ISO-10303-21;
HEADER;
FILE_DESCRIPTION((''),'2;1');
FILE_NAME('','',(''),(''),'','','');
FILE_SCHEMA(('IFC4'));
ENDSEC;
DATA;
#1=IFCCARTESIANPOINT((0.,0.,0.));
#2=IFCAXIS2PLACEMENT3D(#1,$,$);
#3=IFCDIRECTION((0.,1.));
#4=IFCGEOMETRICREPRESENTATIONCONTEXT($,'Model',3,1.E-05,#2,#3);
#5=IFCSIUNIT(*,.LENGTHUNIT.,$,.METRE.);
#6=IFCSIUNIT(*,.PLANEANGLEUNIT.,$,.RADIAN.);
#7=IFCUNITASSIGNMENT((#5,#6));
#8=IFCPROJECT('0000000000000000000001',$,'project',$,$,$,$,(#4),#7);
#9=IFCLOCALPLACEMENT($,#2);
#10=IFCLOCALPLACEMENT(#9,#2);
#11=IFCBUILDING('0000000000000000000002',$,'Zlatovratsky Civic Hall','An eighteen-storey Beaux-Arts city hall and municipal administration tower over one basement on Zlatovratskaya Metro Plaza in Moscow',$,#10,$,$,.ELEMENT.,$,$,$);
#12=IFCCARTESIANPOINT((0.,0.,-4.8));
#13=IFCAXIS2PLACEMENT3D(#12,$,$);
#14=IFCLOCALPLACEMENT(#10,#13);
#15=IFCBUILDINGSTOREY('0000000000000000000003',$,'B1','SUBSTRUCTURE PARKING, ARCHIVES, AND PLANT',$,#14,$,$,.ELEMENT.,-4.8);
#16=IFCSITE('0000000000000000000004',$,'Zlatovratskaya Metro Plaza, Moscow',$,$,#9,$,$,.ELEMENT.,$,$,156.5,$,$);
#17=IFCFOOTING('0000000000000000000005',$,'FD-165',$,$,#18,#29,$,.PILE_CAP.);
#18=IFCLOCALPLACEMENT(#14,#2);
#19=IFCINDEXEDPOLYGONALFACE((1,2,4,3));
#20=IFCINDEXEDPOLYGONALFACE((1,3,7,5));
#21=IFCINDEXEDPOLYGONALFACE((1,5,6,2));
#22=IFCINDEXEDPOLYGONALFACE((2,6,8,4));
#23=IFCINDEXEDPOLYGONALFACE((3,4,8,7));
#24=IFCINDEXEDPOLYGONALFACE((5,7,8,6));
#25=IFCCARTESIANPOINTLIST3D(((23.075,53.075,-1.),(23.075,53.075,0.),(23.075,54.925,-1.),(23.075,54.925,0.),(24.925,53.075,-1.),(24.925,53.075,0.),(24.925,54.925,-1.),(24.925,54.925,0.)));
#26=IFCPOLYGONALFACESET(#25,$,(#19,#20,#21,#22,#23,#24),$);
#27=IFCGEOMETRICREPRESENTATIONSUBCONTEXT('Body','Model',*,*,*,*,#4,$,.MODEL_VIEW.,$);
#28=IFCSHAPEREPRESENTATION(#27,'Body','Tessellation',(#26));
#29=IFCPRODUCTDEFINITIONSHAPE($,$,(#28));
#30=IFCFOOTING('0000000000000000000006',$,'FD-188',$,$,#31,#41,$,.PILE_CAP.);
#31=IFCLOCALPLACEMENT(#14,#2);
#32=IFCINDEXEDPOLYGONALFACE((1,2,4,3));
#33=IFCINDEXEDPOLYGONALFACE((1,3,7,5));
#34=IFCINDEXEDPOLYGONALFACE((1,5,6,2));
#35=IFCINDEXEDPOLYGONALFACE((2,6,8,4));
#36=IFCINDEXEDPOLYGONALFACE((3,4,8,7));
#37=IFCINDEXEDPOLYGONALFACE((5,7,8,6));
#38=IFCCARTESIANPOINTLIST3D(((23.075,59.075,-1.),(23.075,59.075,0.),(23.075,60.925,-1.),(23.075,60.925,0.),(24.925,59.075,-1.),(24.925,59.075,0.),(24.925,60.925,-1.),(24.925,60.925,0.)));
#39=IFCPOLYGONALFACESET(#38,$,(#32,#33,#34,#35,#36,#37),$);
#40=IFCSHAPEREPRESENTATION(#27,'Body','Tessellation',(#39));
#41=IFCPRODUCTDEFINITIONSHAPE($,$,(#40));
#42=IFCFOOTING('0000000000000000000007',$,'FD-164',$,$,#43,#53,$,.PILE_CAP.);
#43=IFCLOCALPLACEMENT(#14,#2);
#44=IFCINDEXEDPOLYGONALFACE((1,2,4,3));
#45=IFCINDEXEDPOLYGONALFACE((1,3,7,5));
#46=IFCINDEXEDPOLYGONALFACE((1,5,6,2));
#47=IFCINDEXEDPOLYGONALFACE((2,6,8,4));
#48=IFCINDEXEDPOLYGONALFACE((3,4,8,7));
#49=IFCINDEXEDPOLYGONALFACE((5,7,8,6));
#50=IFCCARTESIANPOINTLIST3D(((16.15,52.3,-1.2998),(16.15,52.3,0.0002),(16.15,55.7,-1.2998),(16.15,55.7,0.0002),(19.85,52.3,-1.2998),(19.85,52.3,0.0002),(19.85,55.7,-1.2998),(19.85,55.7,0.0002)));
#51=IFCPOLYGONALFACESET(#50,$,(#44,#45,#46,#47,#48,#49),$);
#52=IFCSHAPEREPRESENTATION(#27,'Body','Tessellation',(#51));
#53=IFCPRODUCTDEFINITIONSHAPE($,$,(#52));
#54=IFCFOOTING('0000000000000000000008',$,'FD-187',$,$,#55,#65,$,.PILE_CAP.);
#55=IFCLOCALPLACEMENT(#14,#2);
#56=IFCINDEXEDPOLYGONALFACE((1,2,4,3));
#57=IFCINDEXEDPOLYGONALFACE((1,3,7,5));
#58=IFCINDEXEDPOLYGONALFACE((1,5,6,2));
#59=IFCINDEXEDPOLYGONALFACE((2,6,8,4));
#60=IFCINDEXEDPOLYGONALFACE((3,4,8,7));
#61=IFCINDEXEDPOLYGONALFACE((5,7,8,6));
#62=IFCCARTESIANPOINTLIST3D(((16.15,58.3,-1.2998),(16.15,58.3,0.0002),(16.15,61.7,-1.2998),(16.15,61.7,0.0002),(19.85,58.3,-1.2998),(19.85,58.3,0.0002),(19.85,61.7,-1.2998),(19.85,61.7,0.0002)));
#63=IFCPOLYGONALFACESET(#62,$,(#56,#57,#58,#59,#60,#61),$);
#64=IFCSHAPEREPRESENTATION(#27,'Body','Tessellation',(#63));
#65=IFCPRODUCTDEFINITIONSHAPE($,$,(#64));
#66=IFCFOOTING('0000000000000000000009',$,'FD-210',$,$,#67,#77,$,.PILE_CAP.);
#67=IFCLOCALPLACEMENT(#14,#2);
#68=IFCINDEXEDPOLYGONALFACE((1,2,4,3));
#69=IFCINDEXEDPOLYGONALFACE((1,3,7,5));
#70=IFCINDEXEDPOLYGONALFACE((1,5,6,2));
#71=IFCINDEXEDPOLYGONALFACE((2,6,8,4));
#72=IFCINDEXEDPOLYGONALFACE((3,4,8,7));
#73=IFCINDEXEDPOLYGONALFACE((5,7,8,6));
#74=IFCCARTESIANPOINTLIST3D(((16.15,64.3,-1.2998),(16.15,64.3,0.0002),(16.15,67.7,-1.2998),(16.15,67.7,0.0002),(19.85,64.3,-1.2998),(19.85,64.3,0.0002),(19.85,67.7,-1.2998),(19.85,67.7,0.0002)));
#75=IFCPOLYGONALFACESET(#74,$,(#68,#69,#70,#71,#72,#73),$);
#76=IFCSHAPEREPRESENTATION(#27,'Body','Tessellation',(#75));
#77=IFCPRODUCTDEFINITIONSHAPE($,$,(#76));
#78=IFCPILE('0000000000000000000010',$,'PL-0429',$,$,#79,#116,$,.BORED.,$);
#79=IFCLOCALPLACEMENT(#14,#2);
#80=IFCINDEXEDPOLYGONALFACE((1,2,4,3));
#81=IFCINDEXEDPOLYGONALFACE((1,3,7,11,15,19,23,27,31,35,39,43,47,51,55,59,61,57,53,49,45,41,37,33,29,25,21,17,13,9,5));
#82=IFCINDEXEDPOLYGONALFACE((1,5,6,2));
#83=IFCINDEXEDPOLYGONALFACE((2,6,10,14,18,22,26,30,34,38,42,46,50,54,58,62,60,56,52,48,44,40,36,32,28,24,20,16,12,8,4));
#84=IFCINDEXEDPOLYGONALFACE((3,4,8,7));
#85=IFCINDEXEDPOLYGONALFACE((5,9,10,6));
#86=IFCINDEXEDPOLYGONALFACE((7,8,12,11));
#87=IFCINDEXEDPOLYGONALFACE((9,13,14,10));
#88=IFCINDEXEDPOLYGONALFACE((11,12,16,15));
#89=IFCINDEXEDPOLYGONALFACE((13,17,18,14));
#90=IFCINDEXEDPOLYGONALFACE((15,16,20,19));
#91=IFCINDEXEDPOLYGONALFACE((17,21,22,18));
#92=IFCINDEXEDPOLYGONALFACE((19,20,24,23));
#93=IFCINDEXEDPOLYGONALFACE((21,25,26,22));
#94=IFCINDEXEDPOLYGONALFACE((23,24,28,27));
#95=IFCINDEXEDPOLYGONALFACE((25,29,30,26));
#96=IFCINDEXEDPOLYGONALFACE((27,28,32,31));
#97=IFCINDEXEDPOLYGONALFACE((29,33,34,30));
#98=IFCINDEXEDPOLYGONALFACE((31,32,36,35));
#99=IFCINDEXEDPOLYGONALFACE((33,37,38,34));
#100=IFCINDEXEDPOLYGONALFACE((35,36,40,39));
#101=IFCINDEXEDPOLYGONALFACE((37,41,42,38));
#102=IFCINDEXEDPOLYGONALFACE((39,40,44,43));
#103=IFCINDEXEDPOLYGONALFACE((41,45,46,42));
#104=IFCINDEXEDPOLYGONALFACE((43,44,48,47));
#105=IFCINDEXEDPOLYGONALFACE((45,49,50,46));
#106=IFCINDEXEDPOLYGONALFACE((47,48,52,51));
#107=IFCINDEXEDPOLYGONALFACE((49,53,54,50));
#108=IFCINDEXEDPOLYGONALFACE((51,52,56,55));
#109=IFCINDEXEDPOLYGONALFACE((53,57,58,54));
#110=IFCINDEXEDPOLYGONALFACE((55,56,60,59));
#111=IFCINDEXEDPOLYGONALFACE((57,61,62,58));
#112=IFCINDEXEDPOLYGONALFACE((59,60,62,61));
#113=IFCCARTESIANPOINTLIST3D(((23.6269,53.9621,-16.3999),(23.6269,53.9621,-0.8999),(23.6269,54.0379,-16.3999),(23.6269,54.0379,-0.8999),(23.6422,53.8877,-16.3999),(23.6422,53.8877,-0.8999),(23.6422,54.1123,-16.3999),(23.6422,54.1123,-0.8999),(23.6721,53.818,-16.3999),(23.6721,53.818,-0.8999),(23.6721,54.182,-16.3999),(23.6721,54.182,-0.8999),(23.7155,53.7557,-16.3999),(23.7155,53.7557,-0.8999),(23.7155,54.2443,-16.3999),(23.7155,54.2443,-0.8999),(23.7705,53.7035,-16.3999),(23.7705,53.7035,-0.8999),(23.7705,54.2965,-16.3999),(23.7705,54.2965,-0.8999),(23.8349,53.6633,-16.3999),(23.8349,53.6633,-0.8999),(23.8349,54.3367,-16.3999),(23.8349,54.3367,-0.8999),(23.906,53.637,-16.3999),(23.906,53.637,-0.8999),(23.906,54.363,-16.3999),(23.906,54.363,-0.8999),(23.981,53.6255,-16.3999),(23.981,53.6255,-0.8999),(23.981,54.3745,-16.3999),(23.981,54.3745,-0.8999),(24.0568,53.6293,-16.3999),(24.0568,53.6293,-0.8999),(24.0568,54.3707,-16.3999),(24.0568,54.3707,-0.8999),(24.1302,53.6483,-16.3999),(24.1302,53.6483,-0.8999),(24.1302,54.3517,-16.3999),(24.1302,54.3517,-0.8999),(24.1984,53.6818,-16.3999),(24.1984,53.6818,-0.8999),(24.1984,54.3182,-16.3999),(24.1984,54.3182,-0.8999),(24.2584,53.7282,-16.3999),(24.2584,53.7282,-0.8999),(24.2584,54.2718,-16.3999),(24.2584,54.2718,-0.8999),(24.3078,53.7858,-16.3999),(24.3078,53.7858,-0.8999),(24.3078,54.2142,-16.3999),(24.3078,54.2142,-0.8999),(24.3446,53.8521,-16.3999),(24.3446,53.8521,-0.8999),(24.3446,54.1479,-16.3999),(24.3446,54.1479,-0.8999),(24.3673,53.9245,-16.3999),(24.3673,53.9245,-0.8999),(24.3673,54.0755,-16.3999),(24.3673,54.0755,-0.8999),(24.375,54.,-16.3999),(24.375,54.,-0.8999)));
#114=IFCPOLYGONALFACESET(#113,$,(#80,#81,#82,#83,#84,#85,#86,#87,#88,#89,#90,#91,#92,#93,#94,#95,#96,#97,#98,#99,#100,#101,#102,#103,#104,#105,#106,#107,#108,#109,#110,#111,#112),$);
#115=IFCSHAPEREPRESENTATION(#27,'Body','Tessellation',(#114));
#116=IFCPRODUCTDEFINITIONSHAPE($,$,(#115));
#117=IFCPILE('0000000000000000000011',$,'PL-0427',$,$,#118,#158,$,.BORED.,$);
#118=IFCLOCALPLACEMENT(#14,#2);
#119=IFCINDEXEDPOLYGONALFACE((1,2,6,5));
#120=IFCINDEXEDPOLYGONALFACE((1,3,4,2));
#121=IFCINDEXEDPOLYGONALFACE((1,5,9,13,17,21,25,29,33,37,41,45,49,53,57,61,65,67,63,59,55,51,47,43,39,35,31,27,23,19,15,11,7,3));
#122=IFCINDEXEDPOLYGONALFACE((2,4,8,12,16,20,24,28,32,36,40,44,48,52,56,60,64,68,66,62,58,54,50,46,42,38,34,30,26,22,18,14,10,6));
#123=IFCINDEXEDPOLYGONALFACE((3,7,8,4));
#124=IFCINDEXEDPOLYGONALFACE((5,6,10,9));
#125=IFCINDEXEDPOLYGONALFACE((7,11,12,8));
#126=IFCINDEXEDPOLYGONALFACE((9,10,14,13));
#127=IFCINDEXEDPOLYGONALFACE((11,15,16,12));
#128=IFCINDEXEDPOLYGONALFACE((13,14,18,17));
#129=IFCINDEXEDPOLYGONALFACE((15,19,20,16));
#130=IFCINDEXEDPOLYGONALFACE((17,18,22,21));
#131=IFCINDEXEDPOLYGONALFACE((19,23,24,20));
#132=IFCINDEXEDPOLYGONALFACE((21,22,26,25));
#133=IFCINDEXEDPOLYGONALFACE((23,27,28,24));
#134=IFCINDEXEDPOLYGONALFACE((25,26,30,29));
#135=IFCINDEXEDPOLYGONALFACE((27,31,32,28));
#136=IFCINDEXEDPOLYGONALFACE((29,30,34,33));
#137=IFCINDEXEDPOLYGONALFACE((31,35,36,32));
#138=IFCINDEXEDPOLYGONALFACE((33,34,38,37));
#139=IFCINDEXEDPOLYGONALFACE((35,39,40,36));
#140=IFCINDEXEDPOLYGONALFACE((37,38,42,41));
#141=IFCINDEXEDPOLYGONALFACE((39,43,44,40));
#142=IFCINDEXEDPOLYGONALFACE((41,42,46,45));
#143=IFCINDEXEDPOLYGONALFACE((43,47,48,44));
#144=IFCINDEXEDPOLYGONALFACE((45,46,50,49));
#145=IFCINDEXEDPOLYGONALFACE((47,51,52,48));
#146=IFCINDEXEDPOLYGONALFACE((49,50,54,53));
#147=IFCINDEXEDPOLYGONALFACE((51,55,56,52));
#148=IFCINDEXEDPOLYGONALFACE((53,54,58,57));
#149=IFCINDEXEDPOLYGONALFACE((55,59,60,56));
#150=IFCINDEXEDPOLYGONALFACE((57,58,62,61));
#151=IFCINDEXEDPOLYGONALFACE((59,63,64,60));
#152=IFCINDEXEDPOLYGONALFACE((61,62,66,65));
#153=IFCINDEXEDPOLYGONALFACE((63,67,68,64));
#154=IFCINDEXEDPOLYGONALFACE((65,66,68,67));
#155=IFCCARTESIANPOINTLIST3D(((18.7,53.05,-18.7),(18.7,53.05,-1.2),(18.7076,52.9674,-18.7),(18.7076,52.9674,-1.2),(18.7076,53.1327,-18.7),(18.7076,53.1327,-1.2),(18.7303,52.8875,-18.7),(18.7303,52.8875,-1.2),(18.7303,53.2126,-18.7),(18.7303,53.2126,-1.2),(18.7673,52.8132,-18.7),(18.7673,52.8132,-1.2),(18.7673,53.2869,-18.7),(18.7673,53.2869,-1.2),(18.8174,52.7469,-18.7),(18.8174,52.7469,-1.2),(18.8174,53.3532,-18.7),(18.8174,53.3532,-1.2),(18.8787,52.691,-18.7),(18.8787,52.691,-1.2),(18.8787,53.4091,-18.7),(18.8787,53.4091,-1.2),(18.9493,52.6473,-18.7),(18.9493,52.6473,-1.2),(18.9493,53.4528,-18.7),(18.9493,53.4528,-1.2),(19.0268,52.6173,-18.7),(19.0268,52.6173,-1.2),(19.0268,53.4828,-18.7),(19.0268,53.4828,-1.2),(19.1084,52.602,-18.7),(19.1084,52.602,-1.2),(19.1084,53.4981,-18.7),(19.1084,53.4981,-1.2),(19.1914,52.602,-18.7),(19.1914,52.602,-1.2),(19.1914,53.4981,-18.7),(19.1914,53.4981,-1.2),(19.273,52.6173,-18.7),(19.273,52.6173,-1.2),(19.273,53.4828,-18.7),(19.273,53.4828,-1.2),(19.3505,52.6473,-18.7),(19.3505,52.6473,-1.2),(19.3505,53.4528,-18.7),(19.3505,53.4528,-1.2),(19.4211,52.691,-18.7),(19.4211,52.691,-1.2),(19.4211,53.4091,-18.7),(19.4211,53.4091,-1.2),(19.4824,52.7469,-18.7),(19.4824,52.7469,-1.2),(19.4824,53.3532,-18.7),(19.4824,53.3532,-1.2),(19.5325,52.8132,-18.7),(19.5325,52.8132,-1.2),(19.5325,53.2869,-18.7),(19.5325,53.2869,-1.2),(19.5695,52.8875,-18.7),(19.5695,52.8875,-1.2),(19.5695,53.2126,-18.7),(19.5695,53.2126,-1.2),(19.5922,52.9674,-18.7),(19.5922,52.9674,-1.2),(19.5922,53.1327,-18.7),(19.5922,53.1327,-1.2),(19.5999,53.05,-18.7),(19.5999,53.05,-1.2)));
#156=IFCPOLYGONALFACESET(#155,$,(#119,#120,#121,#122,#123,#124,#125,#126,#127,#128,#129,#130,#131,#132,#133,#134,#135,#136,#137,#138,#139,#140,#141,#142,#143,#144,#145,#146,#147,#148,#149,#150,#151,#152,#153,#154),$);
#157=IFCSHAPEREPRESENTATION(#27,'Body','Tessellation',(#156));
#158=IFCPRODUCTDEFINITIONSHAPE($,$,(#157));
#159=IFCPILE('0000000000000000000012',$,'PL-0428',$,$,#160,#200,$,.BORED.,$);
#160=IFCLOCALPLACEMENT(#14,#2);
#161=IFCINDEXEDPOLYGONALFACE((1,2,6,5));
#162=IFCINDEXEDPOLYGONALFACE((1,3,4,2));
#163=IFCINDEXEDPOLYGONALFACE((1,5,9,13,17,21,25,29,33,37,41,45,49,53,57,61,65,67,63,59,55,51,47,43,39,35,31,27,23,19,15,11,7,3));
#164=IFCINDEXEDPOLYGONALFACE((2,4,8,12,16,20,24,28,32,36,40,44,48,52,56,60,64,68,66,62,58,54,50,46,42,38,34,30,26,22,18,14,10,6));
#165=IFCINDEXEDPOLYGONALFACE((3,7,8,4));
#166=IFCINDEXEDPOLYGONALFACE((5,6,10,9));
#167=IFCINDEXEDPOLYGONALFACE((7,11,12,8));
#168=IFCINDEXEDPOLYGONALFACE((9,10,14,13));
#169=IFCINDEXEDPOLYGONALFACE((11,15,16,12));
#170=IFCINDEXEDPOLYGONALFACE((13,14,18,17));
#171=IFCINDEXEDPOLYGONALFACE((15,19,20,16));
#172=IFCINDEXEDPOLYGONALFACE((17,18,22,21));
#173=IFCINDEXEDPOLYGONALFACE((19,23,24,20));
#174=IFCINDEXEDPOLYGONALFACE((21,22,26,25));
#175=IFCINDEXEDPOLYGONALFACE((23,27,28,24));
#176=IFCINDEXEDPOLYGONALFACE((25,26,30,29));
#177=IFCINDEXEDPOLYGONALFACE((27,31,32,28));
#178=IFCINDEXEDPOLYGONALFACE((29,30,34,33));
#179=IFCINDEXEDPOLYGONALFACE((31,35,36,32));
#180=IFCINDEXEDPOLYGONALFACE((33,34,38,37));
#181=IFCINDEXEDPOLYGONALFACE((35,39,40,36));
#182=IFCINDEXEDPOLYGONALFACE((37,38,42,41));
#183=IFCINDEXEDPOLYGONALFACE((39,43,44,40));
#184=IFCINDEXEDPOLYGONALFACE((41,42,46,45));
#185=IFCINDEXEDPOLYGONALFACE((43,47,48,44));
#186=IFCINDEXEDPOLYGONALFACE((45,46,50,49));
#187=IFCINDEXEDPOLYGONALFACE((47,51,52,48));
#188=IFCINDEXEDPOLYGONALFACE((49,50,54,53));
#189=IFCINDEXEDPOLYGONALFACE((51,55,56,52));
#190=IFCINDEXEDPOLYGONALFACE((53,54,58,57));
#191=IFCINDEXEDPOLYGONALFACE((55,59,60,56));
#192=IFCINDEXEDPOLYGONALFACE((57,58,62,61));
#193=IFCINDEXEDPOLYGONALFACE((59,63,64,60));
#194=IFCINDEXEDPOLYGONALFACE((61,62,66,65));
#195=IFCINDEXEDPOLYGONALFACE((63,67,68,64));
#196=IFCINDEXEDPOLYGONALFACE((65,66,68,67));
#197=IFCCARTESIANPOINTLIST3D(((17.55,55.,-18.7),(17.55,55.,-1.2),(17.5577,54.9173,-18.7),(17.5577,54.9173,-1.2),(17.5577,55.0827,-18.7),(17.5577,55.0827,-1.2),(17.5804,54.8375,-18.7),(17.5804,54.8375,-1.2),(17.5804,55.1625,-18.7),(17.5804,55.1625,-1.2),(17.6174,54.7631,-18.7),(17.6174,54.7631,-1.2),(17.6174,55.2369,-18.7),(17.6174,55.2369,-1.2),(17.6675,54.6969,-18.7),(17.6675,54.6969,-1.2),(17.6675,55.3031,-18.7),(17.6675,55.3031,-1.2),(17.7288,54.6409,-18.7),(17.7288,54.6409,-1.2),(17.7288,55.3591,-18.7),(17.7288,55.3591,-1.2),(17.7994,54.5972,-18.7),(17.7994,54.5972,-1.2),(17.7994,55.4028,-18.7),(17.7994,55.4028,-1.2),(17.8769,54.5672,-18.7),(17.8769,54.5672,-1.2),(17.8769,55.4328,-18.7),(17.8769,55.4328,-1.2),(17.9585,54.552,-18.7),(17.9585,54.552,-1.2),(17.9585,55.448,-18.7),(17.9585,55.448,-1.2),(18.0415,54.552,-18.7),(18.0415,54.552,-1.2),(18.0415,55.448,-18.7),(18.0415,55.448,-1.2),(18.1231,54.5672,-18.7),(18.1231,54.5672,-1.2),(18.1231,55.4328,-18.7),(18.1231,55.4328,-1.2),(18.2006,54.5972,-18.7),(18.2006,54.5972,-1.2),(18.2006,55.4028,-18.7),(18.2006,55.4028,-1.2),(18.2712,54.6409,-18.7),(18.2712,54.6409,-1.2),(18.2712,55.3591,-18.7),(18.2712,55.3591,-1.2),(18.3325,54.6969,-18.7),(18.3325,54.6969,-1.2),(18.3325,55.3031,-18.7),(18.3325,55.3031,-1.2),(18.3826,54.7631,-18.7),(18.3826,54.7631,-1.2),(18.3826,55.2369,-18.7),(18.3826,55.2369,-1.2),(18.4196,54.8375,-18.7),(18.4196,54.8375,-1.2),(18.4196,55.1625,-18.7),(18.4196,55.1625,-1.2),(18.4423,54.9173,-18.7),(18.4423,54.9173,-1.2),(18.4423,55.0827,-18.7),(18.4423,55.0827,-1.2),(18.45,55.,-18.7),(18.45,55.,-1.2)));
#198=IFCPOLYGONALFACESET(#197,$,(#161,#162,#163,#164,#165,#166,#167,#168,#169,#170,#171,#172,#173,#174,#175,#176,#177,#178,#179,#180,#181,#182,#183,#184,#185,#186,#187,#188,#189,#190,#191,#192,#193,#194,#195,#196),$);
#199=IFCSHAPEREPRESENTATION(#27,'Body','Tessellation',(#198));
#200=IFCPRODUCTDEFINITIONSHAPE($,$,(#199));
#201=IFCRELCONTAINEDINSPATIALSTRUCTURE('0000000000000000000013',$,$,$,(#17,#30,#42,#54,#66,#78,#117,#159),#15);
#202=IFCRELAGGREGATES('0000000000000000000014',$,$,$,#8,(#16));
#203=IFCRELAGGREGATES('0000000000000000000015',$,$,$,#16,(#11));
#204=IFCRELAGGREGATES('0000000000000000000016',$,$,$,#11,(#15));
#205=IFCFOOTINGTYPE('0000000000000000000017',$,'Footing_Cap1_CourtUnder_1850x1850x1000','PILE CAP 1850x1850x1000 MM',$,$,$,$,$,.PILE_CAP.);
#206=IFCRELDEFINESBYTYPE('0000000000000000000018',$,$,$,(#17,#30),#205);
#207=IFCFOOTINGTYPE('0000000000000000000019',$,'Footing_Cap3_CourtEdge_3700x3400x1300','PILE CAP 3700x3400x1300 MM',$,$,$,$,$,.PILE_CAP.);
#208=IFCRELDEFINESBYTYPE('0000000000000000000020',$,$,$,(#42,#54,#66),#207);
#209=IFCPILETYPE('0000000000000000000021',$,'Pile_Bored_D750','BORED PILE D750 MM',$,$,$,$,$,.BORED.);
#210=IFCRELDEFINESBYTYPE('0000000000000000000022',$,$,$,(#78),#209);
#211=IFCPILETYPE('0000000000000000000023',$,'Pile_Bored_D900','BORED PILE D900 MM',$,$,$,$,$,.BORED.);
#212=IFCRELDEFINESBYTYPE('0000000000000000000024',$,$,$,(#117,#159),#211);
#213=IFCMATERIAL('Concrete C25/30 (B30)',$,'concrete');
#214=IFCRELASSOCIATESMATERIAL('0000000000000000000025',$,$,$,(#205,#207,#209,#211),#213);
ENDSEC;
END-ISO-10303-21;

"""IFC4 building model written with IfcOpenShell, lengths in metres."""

from ifc_helpers import new_model, si_unit, direction, frame, origin, origin_2d, place, context, subcontext, project, spatial, rectangle, circle, extrude, material, material_profile, profile_set, type_object, element, save


model = new_model("IFC4")

# Units and contexts
model_context = context("Model", 3, precision=1e-05, world=origin(), true_north=direction((0.0, 1.0)))
body_context = subcontext(model_context, "Body", "Model", "MODEL_VIEW")
ifc_project = project(units=[si_unit("LENGTHUNIT", "METRE"), si_unit("PLANEANGLEUNIT", "RADIAN")], contexts=[model_context])

# Site, building, storey
site_placement = place(None, origin())
site = spatial("IfcSite", under=ifc_project, at=site_placement, Name="Zlatovratskaya Metro Plaza, Moscow", CompositionType="ELEMENT", RefElevation=156.5)
building_placement = place(site_placement, origin())
building = spatial("IfcBuilding", under=site, at=building_placement, Name="Zlatovratsky Civic Hall", Description="An eighteen-storey Beaux-Arts city hall and municipal administration tower over one basement on Zlatovratskaya Metro Plaza in Moscow", CompositionType="ELEMENT")
storey_placement = place(building_placement, frame((0.0, 0.0, -4.8)))
storey = spatial("IfcBuildingStorey", under=building, at=storey_placement, Name="B1", Description="SUBSTRUCTURE PARKING, ARCHIVES, AND PLANT", CompositionType="ELEMENT", Elevation=-4.8)

# Footings
ifc_material_1 = material(Name="Concrete C25/30 (B30)", Category="concrete")
footing_type_1 = type_object("IfcFootingType", Name="Footing_Cap1_CourtUnder_1850x1850x1000", Description="PILE CAP 1850x1850x1000 MM", PredefinedType="PILE_CAP", material=ifc_material_1)
for number, where, z_axis, x_axis, name in (
    (1, (24.0, 54.0, -1.0), (0.0, 0.0, 1.0), (1.0, 0.0, 0.0), "FD-165"),
    (2, (24.0, 60.0, -1.0), (0.0, 0.0, 1.0), (1.0, 0.0, 0.0), "FD-188"),
):
    element("IfcFooting", number, at=place(storey_placement, frame(where, z_axis=z_axis, x_axis=x_axis)), inside=storey, type_object=footing_type_1, Name=name, PredefinedType="PILE_CAP", context=body_context, shape_type="SweptSolid", body=[
        extrude(rectangle(XDim=1.8501, YDim=1.8501, at=origin_2d()), origin(), (0.0, 0.0, 1.0), 1.0),
    ])
footing_type_2 = type_object("IfcFootingType", Name="Footing_Cap3_CourtEdge_3700x3400x1300", Description="PILE CAP 3700x3400x1300 MM", PredefinedType="PILE_CAP", material=ifc_material_1)
for number, where, z_axis, x_axis, name in (
    (3, (18.0, 54.0, -1.2998), (0.0, 0.0, 1.0), (1.0, 0.0, 0.0), "FD-164"),
    (4, (18.0, 60.0, -1.2998), (0.0, 0.0, 1.0), (1.0, 0.0, 0.0), "FD-187"),
    (5, (18.0, 66.0, -1.2998), (0.0, 0.0, 1.0), (1.0, 0.0, 0.0), "FD-210"),
):
    element("IfcFooting", number, at=place(storey_placement, frame(where, z_axis=z_axis, x_axis=x_axis)), inside=storey, type_object=footing_type_2, Name=name, PredefinedType="PILE_CAP", context=body_context, shape_type="SweptSolid", body=[
        extrude(rectangle(XDim=3.7, YDim=3.3999, at=origin_2d()), origin(), (0.0, 0.0, 1.0), 1.3),
    ])

# Piles
ifc_material_profile_1 = material_profile(ifc_material_1, circle(Radius=0.375, at=origin_2d()), Name="PILE D750")
ifc_profile_set_1 = profile_set([ifc_material_profile_1], Name="Concrete C25/30 (B30)")
pile_type_1 = type_object("IfcPileType", Name="Pile_Bored_D750", Description="BORED PILE D750 MM", PredefinedType="BORED", material=ifc_profile_set_1)
pile_1_placement = place(storey_placement, frame((24.0, 54.0, -0.8999), z_axis=(0.0, 0.0, -1.0), x_axis=(1.0, 0.0, 0.0)))
element("IfcPile", 6, at=pile_1_placement, inside=storey, type_object=pile_type_1, Name="PL-0429", PredefinedType="BORED", context=body_context, shape_type="SweptSolid", body=[
    extrude(circle(Radius=0.375, at=origin_2d()), origin(), (0.0, 0.0, 1.0), 15.5),
])
ifc_material_profile_2 = material_profile(ifc_material_1, circle(Radius=0.45, at=origin_2d()), Name="PILE D900")
ifc_profile_set_2 = profile_set([ifc_material_profile_2], Name="Concrete C25/30 (B30)")
pile_type_2 = type_object("IfcPileType", Name="Pile_Bored_D900", Description="BORED PILE D900 MM", PredefinedType="BORED", material=ifc_profile_set_2)
for number, where, z_axis, x_axis, name in (
    (7, (19.1499, 53.05, -1.2), (0.0, 0.0, -1.0), (1.0, 0.0, 0.0), "PL-0427"),
    (8, (18.0, 55.0, -1.2), (0.0, 0.0, -1.0), (1.0, 0.0, 0.0), "PL-0428"),
):
    element("IfcPile", number, at=place(storey_placement, frame(where, z_axis=z_axis, x_axis=x_axis)), inside=storey, type_object=pile_type_2, Name=name, PredefinedType="BORED", context=body_context, shape_type="SweptSolid", body=[
        extrude(circle(Radius=0.45, at=origin_2d()), origin(), (0.0, 0.0, 1.0), 17.5),
    ])

save(model, "model.ifc")
